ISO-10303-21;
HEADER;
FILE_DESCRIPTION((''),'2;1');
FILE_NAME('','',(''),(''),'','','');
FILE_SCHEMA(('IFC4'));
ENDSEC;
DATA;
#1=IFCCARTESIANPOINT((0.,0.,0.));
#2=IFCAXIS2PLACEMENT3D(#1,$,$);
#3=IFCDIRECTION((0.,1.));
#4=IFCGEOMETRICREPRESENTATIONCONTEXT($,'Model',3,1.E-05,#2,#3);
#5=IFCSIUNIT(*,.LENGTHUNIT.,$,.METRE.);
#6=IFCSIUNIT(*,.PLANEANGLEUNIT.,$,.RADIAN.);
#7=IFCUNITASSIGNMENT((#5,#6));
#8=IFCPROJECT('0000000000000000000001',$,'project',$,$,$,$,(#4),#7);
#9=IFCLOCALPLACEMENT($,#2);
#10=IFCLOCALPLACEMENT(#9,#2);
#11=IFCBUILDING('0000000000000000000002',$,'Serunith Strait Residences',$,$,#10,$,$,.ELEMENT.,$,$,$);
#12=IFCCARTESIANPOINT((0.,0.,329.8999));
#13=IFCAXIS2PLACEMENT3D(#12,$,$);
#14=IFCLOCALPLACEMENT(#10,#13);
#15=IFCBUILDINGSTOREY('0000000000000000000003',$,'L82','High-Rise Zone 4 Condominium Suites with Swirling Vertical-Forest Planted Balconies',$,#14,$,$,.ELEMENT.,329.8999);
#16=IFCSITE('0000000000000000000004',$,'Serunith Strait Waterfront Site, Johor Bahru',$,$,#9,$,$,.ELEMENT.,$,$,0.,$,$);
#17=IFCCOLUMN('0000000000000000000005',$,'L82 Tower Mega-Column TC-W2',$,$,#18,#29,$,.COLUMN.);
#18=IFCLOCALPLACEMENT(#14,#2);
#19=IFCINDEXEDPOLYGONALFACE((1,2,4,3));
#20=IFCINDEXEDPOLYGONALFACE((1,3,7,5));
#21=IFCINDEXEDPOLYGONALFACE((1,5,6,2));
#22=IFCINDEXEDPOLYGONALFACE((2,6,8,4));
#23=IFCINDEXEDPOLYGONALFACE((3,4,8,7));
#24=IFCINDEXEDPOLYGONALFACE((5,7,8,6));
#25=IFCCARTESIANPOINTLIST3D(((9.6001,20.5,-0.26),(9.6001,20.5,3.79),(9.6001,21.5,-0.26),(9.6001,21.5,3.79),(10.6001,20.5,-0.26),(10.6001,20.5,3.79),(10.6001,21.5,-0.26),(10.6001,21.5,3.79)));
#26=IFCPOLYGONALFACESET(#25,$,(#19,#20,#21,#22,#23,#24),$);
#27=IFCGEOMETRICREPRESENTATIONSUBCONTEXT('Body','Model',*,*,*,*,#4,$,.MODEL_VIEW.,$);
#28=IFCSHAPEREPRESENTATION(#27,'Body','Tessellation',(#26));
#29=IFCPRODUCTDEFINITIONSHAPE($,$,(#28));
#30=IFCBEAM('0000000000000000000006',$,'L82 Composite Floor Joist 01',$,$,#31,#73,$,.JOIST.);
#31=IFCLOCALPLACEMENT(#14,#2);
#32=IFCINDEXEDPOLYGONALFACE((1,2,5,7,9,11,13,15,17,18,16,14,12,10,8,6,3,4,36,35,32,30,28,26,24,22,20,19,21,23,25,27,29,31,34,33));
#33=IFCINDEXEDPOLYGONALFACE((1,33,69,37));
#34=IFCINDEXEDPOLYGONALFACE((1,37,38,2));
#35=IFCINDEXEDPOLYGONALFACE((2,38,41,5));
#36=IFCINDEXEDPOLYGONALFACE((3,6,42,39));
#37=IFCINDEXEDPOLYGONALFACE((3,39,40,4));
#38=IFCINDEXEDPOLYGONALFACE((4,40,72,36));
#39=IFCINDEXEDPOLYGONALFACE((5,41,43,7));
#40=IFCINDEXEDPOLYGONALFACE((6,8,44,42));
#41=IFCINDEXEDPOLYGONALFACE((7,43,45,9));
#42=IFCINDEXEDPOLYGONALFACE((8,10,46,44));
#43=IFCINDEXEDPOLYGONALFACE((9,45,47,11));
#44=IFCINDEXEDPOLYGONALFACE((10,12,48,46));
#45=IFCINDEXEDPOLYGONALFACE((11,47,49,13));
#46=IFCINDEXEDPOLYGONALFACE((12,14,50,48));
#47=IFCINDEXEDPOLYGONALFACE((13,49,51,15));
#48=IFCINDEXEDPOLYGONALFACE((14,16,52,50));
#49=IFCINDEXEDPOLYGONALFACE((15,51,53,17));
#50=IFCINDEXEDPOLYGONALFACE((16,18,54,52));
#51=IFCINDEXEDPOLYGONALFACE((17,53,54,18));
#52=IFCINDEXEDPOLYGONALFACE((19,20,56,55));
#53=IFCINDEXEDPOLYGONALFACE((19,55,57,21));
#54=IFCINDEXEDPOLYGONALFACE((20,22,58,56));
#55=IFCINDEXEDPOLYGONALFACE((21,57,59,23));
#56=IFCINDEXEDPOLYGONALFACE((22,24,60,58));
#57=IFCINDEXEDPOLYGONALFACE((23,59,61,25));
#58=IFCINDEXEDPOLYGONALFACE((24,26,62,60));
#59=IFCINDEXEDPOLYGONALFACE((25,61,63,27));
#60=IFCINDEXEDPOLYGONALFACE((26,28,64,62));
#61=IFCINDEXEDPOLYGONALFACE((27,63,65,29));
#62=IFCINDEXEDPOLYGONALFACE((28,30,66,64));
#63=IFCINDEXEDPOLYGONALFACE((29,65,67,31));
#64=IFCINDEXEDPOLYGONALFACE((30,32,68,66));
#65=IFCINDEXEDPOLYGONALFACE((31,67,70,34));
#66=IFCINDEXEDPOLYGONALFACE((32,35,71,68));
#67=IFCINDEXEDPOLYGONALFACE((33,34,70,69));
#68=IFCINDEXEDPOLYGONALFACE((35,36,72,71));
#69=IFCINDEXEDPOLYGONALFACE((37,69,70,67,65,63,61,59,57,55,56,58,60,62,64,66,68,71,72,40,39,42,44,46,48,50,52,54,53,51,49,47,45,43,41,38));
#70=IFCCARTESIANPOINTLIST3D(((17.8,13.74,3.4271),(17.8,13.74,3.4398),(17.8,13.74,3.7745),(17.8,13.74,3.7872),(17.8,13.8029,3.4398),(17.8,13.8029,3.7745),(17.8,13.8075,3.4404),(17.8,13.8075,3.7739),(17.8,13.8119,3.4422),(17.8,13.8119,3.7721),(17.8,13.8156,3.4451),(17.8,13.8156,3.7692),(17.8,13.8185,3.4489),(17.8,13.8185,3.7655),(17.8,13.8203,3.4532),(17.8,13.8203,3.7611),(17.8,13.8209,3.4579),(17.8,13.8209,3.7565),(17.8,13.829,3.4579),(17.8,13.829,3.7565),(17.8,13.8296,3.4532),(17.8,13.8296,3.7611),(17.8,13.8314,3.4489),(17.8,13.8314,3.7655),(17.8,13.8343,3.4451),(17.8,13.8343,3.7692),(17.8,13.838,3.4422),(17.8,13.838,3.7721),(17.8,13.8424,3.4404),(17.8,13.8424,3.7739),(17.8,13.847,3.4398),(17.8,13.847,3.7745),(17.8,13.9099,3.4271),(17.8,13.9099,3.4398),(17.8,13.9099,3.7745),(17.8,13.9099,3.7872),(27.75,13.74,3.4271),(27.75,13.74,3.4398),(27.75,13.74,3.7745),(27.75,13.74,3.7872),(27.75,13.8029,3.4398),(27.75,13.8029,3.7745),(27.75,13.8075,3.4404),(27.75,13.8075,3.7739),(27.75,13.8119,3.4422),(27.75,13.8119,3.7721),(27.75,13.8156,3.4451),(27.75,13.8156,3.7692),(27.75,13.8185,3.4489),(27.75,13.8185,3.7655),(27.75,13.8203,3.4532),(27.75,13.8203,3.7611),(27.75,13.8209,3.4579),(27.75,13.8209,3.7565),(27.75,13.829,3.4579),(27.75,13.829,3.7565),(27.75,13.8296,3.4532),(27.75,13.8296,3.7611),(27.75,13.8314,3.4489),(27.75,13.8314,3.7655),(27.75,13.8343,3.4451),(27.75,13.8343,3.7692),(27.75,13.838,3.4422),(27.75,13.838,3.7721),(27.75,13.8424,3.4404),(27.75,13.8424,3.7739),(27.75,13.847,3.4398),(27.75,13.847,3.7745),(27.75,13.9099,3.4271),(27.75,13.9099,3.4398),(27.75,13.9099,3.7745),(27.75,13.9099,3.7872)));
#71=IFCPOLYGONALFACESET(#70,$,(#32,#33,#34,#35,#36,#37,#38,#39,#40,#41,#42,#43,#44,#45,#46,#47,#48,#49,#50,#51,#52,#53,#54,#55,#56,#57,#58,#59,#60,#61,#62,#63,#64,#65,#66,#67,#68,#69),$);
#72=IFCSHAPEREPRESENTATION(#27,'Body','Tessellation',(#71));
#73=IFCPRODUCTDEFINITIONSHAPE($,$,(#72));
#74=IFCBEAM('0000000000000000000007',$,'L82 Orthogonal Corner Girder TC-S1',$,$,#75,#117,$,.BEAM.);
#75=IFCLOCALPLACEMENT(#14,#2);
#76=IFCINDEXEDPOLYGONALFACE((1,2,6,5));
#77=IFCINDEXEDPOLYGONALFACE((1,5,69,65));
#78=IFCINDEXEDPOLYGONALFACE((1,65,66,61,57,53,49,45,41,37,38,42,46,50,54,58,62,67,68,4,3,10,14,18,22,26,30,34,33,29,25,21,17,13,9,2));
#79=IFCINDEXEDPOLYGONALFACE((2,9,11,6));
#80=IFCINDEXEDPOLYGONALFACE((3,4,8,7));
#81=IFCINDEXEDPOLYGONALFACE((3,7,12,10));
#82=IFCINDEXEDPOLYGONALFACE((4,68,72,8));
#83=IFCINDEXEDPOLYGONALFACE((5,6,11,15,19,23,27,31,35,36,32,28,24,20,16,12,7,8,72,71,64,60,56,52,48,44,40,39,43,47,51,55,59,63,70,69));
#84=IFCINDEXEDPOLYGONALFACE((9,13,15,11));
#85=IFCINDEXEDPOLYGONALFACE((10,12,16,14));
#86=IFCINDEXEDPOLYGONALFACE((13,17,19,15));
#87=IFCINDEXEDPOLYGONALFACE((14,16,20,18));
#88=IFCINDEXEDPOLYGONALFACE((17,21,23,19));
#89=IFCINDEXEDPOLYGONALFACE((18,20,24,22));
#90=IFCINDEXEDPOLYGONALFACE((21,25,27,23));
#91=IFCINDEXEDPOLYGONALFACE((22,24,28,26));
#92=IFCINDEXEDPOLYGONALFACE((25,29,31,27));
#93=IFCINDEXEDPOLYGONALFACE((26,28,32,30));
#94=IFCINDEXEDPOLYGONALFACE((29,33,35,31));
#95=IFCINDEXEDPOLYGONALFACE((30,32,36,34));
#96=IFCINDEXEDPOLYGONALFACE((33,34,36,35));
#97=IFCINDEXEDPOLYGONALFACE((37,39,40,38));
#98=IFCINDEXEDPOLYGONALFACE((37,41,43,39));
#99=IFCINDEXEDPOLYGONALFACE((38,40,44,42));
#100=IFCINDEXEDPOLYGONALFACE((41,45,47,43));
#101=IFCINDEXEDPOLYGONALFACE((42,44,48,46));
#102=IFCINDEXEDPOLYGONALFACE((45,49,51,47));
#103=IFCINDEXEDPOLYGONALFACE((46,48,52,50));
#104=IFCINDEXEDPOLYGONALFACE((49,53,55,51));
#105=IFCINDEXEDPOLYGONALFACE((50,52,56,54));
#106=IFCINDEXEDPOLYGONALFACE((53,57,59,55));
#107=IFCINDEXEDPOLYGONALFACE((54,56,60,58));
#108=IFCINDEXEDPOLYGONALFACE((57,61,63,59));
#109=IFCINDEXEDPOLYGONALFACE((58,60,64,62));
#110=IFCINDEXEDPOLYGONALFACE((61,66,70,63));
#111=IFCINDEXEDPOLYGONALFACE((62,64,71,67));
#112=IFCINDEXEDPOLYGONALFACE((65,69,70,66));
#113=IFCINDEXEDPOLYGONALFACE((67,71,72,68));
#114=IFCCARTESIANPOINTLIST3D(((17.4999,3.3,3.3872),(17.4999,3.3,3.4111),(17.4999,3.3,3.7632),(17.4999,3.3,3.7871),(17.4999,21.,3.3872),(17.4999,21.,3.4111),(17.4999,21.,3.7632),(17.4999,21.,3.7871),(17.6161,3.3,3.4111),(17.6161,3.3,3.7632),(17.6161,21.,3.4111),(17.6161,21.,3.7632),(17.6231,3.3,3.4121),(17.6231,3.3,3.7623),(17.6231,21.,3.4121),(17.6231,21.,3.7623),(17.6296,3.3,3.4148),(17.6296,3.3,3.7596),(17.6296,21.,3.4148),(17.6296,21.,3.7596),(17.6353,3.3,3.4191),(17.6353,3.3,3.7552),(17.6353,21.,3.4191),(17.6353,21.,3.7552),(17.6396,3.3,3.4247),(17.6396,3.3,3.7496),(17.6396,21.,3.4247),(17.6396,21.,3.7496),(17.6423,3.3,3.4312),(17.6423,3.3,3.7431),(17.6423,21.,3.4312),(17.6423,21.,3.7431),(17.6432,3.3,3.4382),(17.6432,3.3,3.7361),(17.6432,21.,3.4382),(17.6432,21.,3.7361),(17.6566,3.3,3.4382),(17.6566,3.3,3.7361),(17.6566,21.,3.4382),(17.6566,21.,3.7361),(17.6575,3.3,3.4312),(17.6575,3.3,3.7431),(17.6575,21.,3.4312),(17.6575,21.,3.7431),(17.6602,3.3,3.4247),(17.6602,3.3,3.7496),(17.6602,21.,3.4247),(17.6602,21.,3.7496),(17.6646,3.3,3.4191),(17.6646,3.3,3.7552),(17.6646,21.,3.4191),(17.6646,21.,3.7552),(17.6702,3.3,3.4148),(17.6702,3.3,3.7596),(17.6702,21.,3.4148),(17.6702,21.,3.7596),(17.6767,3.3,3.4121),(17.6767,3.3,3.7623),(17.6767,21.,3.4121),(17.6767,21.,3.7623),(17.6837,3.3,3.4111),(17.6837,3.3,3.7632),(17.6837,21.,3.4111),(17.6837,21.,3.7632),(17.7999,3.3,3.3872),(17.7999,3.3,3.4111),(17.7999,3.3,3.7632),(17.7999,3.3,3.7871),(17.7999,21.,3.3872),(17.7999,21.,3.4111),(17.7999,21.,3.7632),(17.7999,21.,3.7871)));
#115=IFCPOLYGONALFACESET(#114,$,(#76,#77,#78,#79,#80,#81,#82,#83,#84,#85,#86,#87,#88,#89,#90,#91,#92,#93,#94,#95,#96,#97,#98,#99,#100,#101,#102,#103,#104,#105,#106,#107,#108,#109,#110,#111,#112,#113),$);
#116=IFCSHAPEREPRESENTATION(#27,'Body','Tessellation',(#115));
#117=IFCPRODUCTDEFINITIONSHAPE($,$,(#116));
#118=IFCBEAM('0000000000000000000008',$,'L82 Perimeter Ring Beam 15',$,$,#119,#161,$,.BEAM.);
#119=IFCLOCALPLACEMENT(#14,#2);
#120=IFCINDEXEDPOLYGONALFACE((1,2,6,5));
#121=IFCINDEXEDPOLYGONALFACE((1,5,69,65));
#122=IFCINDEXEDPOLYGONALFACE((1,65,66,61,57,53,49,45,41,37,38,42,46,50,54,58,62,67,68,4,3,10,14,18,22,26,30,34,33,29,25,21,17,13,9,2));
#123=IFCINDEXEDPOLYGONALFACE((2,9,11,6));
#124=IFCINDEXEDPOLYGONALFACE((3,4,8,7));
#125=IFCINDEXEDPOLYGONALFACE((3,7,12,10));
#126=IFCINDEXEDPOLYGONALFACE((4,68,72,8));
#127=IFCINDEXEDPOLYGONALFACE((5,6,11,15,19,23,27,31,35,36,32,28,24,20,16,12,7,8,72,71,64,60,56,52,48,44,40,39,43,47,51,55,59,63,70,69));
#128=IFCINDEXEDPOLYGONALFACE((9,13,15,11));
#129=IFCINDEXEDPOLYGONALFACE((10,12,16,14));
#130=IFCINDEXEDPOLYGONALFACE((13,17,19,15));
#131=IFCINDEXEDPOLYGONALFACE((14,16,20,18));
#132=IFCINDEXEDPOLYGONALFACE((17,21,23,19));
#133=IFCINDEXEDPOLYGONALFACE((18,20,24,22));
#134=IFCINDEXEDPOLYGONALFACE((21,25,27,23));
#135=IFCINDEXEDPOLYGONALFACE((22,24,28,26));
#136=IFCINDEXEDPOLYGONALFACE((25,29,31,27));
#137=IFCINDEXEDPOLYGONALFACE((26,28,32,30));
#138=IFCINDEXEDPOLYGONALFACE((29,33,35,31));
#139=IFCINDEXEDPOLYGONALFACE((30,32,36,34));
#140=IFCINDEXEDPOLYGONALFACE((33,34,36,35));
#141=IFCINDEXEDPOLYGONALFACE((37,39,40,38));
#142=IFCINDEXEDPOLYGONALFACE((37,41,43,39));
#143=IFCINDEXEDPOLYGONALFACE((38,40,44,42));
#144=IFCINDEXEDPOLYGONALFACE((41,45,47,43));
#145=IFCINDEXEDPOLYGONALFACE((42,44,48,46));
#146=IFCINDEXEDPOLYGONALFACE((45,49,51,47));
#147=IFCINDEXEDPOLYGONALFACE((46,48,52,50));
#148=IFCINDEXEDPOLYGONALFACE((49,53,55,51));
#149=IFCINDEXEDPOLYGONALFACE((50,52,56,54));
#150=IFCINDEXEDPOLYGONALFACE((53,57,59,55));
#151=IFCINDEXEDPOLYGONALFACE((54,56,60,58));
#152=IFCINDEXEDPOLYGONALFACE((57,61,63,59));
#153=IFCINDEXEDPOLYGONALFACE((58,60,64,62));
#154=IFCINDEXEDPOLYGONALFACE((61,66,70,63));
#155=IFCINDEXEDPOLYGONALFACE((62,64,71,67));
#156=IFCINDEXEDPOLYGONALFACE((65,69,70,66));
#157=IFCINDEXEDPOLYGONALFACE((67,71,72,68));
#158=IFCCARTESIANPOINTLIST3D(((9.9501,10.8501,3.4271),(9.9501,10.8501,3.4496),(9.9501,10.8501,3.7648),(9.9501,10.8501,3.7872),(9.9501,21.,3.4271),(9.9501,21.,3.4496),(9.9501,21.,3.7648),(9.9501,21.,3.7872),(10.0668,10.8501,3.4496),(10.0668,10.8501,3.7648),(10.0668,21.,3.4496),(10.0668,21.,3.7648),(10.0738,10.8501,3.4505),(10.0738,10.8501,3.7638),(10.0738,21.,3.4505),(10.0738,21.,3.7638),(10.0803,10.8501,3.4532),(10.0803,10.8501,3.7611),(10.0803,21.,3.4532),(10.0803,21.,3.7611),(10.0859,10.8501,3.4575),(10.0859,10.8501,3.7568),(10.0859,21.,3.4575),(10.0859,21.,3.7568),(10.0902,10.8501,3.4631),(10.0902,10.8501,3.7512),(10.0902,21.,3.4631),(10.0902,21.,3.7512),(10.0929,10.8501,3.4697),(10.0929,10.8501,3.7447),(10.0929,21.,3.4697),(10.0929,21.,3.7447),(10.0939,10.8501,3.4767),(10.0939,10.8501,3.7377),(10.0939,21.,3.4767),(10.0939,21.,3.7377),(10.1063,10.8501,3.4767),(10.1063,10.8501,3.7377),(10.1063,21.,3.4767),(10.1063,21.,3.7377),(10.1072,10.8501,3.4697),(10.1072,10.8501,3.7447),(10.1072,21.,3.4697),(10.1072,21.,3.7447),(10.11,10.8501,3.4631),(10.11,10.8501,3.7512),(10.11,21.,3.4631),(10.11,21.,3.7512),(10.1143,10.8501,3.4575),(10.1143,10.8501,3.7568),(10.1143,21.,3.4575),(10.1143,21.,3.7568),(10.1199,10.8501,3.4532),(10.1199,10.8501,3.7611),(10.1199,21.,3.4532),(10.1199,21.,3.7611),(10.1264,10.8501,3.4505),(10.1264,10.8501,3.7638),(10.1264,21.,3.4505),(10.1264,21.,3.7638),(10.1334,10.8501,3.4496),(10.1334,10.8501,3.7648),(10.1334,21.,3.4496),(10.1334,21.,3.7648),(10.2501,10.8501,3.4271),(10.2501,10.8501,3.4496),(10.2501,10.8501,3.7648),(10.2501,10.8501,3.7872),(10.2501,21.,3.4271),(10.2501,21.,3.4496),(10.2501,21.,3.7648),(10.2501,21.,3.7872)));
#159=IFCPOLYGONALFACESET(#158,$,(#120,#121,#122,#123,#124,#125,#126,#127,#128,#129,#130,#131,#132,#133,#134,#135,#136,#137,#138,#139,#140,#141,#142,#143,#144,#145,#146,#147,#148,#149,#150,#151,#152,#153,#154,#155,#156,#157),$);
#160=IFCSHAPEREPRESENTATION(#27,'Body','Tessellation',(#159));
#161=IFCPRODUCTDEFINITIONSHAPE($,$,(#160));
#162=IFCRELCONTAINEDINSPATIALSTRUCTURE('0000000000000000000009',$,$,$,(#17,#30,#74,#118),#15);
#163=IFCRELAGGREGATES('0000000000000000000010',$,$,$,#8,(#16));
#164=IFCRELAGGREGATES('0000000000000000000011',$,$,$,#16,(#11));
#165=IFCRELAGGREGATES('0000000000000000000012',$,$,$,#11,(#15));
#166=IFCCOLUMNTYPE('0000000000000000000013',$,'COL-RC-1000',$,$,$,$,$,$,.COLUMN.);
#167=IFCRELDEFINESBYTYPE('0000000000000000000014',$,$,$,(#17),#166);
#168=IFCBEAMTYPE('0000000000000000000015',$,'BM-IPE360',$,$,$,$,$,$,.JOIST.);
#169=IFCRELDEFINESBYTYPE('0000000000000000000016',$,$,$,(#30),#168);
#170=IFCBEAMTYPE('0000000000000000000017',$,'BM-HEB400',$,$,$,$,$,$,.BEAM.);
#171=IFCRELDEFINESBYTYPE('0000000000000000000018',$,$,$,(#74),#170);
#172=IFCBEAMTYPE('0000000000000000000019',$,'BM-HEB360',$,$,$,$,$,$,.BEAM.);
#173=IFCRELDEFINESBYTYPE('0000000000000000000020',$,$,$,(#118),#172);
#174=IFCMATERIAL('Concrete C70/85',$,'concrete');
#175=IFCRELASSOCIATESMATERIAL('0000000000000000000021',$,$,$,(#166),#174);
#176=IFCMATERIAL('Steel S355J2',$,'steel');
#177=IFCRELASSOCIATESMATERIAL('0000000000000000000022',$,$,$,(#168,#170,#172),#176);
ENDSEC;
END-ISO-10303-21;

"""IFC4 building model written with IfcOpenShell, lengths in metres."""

from ifc_helpers import new_model, si_unit, direction, frame, origin, origin_2d, place, context, subcontext, project, spatial, rectangle, i_section, extrude, source, transform, mapped, material, material_profile, profile_set, type_object, element, save


model = new_model("IFC4")

# Units and contexts
model_context = context("Model", 3, precision=1e-05, world=origin(), true_north=direction((0.0, 1.0)))
body_context = subcontext(model_context, "Body", "Model", "MODEL_VIEW")
ifc_project = project(units=[si_unit("LENGTHUNIT", "METRE"), si_unit("PLANEANGLEUNIT", "RADIAN")], contexts=[model_context])

# Site, building, storey
site_placement = place(None, origin())
site = spatial("IfcSite", under=ifc_project, at=site_placement, Name="Serunith Strait Waterfront Site, Johor Bahru", CompositionType="ELEMENT", RefElevation=0.0)
building_placement = place(site_placement, origin())
building = spatial("IfcBuilding", under=site, at=building_placement, Name="Serunith Strait Residences", CompositionType="ELEMENT")
storey_placement = place(building_placement, frame((0.0, 0.0, 329.8999)))
storey = spatial("IfcBuildingStorey", under=building, at=storey_placement, Name="L82", Description="High-Rise Zone 4 Condominium Suites with Swirling Vertical-Forest Planted Balconies", CompositionType="ELEMENT", Elevation=329.8999)

# Column
ifc_material_1 = material(Name="Concrete C70/85", Category="concrete")
ifc_material_profile_1 = material_profile(ifc_material_1, rectangle(XDim=1.0, YDim=1.0, at=origin_2d()), Name="RC 1000x1000")
ifc_profile_set_1 = profile_set([ifc_material_profile_1], Name="Concrete C70/85")
column_type = type_object("IfcColumnType", Name="COL-RC-1000", PredefinedType="COLUMN", material=ifc_profile_set_1)
shared_shape_1 = source(origin(), body_context, "Body", "SweptSolid", [
    extrude(rectangle(XDim=1.0, YDim=1.0, at=origin_2d()), origin(), (0.0, 0.0, 1.0), 4.05),
])
column_placement = place(storey_placement, frame((10.1001, 21.0, -0.26), z_axis=(0.0, 0.0, 1.0), x_axis=(1.0, 0.0, 0.0)))
element("IfcColumn", 1, at=column_placement, inside=storey, type_object=column_type, Name="L82 Tower Mega-Column TC-W2", PredefinedType="COLUMN", context=body_context, shape_type="MappedRepresentation", body=[
    mapped(shared_shape_1, transform((0.0, 0.0, 0.0), scale=1.0)),
])

# Beams
ifc_material_2 = material(Name="Steel S355J2", Category="steel")
ifc_material_profile_2 = material_profile(ifc_material_2, i_section(OverallWidth=0.1699, OverallDepth=0.3601, WebThickness=0.0081, FlangeThickness=0.0127, FilletRadius=0.0181, at=origin_2d()), Name="IPE 360")
ifc_profile_set_2 = profile_set([ifc_material_profile_2], Name="Steel S355J2")
beam_type_1 = type_object("IfcBeamType", Name="BM-IPE360", PredefinedType="JOIST", material=ifc_profile_set_2)
shared_shape_2 = source(origin(), body_context, "Body", "SweptSolid", [
    extrude(i_section(OverallWidth=0.1699, OverallDepth=0.3601, WebThickness=0.0081, FlangeThickness=0.0127, FilletRadius=0.0181, at=origin_2d()), origin(), (0.0, 0.0, 1.0), 9.95),
])
beam_1_placement = place(storey_placement, frame((17.8, 13.825, 3.6072), z_axis=(1.0, 0.0, 0.0), x_axis=(0.0, 1.0, 0.0)))
element("IfcBeam", 2, at=beam_1_placement, inside=storey, type_object=beam_type_1, Name="L82 Composite Floor Joist 01", PredefinedType="JOIST", context=body_context, shape_type="MappedRepresentation", body=[
    mapped(shared_shape_2, transform((0.0, 0.0, 0.0), scale=1.0)),
])
ifc_material_profile_3 = material_profile(ifc_material_2, i_section(OverallWidth=0.3, OverallDepth=0.3999, WebThickness=0.0134, FlangeThickness=0.0239, FilletRadius=0.0271, at=origin_2d()), Name="HEB 400")
ifc_profile_set_3 = profile_set([ifc_material_profile_3], Name="Steel S355J2")
beam_type_2 = type_object("IfcBeamType", Name="BM-HEB400", PredefinedType="BEAM", material=ifc_profile_set_3)
shared_shape_3 = source(origin(), body_context, "Body", "SweptSolid", [
    extrude(i_section(OverallWidth=0.3, OverallDepth=0.3999, WebThickness=0.0134, FlangeThickness=0.0239, FilletRadius=0.0271, at=origin_2d()), origin(), (0.0, 0.0, 1.0), 17.7),
])
beam_2_placement = place(storey_placement, frame((17.6499, 21.0, 3.5872), z_axis=(0.0, -1.0, 0.0), x_axis=(1.0, 0.0, 0.0)))
element("IfcBeam", 3, at=beam_2_placement, inside=storey, type_object=beam_type_2, Name="L82 Orthogonal Corner Girder TC-S1", PredefinedType="BEAM", context=body_context, shape_type="MappedRepresentation", body=[
    mapped(shared_shape_3, transform((0.0, 0.0, 0.0), scale=1.0)),
])
ifc_material_profile_4 = material_profile(ifc_material_2, i_section(OverallWidth=0.3, OverallDepth=0.3601, WebThickness=0.0125, FlangeThickness=0.0225, FilletRadius=0.0271, at=origin_2d()), Name="HEB 360")
ifc_profile_set_4 = profile_set([ifc_material_profile_4], Name="Steel S355J2")
beam_type_3 = type_object("IfcBeamType", Name="BM-HEB360", PredefinedType="BEAM", material=ifc_profile_set_4)
shared_shape_4 = source(origin(), body_context, "Body", "SweptSolid", [
    extrude(i_section(OverallWidth=0.3, OverallDepth=0.3601, WebThickness=0.0125, FlangeThickness=0.0225, FilletRadius=0.0271, at=origin_2d()), origin(), (0.0, 0.0, 1.0), 10.1499),
])
beam_3_placement = place(storey_placement, frame((10.1001, 21.0, 3.6072), z_axis=(0.0, -1.0, 0.0), x_axis=(1.0, 0.0, 0.0)))
element("IfcBeam", 4, at=beam_3_placement, inside=storey, type_object=beam_type_3, Name="L82 Perimeter Ring Beam 15", PredefinedType="BEAM", context=body_context, shape_type="MappedRepresentation", body=[
    mapped(shared_shape_4, transform((0.0, 0.0, 0.0), scale=1.0)),
])

save(model, "model.ifc")
